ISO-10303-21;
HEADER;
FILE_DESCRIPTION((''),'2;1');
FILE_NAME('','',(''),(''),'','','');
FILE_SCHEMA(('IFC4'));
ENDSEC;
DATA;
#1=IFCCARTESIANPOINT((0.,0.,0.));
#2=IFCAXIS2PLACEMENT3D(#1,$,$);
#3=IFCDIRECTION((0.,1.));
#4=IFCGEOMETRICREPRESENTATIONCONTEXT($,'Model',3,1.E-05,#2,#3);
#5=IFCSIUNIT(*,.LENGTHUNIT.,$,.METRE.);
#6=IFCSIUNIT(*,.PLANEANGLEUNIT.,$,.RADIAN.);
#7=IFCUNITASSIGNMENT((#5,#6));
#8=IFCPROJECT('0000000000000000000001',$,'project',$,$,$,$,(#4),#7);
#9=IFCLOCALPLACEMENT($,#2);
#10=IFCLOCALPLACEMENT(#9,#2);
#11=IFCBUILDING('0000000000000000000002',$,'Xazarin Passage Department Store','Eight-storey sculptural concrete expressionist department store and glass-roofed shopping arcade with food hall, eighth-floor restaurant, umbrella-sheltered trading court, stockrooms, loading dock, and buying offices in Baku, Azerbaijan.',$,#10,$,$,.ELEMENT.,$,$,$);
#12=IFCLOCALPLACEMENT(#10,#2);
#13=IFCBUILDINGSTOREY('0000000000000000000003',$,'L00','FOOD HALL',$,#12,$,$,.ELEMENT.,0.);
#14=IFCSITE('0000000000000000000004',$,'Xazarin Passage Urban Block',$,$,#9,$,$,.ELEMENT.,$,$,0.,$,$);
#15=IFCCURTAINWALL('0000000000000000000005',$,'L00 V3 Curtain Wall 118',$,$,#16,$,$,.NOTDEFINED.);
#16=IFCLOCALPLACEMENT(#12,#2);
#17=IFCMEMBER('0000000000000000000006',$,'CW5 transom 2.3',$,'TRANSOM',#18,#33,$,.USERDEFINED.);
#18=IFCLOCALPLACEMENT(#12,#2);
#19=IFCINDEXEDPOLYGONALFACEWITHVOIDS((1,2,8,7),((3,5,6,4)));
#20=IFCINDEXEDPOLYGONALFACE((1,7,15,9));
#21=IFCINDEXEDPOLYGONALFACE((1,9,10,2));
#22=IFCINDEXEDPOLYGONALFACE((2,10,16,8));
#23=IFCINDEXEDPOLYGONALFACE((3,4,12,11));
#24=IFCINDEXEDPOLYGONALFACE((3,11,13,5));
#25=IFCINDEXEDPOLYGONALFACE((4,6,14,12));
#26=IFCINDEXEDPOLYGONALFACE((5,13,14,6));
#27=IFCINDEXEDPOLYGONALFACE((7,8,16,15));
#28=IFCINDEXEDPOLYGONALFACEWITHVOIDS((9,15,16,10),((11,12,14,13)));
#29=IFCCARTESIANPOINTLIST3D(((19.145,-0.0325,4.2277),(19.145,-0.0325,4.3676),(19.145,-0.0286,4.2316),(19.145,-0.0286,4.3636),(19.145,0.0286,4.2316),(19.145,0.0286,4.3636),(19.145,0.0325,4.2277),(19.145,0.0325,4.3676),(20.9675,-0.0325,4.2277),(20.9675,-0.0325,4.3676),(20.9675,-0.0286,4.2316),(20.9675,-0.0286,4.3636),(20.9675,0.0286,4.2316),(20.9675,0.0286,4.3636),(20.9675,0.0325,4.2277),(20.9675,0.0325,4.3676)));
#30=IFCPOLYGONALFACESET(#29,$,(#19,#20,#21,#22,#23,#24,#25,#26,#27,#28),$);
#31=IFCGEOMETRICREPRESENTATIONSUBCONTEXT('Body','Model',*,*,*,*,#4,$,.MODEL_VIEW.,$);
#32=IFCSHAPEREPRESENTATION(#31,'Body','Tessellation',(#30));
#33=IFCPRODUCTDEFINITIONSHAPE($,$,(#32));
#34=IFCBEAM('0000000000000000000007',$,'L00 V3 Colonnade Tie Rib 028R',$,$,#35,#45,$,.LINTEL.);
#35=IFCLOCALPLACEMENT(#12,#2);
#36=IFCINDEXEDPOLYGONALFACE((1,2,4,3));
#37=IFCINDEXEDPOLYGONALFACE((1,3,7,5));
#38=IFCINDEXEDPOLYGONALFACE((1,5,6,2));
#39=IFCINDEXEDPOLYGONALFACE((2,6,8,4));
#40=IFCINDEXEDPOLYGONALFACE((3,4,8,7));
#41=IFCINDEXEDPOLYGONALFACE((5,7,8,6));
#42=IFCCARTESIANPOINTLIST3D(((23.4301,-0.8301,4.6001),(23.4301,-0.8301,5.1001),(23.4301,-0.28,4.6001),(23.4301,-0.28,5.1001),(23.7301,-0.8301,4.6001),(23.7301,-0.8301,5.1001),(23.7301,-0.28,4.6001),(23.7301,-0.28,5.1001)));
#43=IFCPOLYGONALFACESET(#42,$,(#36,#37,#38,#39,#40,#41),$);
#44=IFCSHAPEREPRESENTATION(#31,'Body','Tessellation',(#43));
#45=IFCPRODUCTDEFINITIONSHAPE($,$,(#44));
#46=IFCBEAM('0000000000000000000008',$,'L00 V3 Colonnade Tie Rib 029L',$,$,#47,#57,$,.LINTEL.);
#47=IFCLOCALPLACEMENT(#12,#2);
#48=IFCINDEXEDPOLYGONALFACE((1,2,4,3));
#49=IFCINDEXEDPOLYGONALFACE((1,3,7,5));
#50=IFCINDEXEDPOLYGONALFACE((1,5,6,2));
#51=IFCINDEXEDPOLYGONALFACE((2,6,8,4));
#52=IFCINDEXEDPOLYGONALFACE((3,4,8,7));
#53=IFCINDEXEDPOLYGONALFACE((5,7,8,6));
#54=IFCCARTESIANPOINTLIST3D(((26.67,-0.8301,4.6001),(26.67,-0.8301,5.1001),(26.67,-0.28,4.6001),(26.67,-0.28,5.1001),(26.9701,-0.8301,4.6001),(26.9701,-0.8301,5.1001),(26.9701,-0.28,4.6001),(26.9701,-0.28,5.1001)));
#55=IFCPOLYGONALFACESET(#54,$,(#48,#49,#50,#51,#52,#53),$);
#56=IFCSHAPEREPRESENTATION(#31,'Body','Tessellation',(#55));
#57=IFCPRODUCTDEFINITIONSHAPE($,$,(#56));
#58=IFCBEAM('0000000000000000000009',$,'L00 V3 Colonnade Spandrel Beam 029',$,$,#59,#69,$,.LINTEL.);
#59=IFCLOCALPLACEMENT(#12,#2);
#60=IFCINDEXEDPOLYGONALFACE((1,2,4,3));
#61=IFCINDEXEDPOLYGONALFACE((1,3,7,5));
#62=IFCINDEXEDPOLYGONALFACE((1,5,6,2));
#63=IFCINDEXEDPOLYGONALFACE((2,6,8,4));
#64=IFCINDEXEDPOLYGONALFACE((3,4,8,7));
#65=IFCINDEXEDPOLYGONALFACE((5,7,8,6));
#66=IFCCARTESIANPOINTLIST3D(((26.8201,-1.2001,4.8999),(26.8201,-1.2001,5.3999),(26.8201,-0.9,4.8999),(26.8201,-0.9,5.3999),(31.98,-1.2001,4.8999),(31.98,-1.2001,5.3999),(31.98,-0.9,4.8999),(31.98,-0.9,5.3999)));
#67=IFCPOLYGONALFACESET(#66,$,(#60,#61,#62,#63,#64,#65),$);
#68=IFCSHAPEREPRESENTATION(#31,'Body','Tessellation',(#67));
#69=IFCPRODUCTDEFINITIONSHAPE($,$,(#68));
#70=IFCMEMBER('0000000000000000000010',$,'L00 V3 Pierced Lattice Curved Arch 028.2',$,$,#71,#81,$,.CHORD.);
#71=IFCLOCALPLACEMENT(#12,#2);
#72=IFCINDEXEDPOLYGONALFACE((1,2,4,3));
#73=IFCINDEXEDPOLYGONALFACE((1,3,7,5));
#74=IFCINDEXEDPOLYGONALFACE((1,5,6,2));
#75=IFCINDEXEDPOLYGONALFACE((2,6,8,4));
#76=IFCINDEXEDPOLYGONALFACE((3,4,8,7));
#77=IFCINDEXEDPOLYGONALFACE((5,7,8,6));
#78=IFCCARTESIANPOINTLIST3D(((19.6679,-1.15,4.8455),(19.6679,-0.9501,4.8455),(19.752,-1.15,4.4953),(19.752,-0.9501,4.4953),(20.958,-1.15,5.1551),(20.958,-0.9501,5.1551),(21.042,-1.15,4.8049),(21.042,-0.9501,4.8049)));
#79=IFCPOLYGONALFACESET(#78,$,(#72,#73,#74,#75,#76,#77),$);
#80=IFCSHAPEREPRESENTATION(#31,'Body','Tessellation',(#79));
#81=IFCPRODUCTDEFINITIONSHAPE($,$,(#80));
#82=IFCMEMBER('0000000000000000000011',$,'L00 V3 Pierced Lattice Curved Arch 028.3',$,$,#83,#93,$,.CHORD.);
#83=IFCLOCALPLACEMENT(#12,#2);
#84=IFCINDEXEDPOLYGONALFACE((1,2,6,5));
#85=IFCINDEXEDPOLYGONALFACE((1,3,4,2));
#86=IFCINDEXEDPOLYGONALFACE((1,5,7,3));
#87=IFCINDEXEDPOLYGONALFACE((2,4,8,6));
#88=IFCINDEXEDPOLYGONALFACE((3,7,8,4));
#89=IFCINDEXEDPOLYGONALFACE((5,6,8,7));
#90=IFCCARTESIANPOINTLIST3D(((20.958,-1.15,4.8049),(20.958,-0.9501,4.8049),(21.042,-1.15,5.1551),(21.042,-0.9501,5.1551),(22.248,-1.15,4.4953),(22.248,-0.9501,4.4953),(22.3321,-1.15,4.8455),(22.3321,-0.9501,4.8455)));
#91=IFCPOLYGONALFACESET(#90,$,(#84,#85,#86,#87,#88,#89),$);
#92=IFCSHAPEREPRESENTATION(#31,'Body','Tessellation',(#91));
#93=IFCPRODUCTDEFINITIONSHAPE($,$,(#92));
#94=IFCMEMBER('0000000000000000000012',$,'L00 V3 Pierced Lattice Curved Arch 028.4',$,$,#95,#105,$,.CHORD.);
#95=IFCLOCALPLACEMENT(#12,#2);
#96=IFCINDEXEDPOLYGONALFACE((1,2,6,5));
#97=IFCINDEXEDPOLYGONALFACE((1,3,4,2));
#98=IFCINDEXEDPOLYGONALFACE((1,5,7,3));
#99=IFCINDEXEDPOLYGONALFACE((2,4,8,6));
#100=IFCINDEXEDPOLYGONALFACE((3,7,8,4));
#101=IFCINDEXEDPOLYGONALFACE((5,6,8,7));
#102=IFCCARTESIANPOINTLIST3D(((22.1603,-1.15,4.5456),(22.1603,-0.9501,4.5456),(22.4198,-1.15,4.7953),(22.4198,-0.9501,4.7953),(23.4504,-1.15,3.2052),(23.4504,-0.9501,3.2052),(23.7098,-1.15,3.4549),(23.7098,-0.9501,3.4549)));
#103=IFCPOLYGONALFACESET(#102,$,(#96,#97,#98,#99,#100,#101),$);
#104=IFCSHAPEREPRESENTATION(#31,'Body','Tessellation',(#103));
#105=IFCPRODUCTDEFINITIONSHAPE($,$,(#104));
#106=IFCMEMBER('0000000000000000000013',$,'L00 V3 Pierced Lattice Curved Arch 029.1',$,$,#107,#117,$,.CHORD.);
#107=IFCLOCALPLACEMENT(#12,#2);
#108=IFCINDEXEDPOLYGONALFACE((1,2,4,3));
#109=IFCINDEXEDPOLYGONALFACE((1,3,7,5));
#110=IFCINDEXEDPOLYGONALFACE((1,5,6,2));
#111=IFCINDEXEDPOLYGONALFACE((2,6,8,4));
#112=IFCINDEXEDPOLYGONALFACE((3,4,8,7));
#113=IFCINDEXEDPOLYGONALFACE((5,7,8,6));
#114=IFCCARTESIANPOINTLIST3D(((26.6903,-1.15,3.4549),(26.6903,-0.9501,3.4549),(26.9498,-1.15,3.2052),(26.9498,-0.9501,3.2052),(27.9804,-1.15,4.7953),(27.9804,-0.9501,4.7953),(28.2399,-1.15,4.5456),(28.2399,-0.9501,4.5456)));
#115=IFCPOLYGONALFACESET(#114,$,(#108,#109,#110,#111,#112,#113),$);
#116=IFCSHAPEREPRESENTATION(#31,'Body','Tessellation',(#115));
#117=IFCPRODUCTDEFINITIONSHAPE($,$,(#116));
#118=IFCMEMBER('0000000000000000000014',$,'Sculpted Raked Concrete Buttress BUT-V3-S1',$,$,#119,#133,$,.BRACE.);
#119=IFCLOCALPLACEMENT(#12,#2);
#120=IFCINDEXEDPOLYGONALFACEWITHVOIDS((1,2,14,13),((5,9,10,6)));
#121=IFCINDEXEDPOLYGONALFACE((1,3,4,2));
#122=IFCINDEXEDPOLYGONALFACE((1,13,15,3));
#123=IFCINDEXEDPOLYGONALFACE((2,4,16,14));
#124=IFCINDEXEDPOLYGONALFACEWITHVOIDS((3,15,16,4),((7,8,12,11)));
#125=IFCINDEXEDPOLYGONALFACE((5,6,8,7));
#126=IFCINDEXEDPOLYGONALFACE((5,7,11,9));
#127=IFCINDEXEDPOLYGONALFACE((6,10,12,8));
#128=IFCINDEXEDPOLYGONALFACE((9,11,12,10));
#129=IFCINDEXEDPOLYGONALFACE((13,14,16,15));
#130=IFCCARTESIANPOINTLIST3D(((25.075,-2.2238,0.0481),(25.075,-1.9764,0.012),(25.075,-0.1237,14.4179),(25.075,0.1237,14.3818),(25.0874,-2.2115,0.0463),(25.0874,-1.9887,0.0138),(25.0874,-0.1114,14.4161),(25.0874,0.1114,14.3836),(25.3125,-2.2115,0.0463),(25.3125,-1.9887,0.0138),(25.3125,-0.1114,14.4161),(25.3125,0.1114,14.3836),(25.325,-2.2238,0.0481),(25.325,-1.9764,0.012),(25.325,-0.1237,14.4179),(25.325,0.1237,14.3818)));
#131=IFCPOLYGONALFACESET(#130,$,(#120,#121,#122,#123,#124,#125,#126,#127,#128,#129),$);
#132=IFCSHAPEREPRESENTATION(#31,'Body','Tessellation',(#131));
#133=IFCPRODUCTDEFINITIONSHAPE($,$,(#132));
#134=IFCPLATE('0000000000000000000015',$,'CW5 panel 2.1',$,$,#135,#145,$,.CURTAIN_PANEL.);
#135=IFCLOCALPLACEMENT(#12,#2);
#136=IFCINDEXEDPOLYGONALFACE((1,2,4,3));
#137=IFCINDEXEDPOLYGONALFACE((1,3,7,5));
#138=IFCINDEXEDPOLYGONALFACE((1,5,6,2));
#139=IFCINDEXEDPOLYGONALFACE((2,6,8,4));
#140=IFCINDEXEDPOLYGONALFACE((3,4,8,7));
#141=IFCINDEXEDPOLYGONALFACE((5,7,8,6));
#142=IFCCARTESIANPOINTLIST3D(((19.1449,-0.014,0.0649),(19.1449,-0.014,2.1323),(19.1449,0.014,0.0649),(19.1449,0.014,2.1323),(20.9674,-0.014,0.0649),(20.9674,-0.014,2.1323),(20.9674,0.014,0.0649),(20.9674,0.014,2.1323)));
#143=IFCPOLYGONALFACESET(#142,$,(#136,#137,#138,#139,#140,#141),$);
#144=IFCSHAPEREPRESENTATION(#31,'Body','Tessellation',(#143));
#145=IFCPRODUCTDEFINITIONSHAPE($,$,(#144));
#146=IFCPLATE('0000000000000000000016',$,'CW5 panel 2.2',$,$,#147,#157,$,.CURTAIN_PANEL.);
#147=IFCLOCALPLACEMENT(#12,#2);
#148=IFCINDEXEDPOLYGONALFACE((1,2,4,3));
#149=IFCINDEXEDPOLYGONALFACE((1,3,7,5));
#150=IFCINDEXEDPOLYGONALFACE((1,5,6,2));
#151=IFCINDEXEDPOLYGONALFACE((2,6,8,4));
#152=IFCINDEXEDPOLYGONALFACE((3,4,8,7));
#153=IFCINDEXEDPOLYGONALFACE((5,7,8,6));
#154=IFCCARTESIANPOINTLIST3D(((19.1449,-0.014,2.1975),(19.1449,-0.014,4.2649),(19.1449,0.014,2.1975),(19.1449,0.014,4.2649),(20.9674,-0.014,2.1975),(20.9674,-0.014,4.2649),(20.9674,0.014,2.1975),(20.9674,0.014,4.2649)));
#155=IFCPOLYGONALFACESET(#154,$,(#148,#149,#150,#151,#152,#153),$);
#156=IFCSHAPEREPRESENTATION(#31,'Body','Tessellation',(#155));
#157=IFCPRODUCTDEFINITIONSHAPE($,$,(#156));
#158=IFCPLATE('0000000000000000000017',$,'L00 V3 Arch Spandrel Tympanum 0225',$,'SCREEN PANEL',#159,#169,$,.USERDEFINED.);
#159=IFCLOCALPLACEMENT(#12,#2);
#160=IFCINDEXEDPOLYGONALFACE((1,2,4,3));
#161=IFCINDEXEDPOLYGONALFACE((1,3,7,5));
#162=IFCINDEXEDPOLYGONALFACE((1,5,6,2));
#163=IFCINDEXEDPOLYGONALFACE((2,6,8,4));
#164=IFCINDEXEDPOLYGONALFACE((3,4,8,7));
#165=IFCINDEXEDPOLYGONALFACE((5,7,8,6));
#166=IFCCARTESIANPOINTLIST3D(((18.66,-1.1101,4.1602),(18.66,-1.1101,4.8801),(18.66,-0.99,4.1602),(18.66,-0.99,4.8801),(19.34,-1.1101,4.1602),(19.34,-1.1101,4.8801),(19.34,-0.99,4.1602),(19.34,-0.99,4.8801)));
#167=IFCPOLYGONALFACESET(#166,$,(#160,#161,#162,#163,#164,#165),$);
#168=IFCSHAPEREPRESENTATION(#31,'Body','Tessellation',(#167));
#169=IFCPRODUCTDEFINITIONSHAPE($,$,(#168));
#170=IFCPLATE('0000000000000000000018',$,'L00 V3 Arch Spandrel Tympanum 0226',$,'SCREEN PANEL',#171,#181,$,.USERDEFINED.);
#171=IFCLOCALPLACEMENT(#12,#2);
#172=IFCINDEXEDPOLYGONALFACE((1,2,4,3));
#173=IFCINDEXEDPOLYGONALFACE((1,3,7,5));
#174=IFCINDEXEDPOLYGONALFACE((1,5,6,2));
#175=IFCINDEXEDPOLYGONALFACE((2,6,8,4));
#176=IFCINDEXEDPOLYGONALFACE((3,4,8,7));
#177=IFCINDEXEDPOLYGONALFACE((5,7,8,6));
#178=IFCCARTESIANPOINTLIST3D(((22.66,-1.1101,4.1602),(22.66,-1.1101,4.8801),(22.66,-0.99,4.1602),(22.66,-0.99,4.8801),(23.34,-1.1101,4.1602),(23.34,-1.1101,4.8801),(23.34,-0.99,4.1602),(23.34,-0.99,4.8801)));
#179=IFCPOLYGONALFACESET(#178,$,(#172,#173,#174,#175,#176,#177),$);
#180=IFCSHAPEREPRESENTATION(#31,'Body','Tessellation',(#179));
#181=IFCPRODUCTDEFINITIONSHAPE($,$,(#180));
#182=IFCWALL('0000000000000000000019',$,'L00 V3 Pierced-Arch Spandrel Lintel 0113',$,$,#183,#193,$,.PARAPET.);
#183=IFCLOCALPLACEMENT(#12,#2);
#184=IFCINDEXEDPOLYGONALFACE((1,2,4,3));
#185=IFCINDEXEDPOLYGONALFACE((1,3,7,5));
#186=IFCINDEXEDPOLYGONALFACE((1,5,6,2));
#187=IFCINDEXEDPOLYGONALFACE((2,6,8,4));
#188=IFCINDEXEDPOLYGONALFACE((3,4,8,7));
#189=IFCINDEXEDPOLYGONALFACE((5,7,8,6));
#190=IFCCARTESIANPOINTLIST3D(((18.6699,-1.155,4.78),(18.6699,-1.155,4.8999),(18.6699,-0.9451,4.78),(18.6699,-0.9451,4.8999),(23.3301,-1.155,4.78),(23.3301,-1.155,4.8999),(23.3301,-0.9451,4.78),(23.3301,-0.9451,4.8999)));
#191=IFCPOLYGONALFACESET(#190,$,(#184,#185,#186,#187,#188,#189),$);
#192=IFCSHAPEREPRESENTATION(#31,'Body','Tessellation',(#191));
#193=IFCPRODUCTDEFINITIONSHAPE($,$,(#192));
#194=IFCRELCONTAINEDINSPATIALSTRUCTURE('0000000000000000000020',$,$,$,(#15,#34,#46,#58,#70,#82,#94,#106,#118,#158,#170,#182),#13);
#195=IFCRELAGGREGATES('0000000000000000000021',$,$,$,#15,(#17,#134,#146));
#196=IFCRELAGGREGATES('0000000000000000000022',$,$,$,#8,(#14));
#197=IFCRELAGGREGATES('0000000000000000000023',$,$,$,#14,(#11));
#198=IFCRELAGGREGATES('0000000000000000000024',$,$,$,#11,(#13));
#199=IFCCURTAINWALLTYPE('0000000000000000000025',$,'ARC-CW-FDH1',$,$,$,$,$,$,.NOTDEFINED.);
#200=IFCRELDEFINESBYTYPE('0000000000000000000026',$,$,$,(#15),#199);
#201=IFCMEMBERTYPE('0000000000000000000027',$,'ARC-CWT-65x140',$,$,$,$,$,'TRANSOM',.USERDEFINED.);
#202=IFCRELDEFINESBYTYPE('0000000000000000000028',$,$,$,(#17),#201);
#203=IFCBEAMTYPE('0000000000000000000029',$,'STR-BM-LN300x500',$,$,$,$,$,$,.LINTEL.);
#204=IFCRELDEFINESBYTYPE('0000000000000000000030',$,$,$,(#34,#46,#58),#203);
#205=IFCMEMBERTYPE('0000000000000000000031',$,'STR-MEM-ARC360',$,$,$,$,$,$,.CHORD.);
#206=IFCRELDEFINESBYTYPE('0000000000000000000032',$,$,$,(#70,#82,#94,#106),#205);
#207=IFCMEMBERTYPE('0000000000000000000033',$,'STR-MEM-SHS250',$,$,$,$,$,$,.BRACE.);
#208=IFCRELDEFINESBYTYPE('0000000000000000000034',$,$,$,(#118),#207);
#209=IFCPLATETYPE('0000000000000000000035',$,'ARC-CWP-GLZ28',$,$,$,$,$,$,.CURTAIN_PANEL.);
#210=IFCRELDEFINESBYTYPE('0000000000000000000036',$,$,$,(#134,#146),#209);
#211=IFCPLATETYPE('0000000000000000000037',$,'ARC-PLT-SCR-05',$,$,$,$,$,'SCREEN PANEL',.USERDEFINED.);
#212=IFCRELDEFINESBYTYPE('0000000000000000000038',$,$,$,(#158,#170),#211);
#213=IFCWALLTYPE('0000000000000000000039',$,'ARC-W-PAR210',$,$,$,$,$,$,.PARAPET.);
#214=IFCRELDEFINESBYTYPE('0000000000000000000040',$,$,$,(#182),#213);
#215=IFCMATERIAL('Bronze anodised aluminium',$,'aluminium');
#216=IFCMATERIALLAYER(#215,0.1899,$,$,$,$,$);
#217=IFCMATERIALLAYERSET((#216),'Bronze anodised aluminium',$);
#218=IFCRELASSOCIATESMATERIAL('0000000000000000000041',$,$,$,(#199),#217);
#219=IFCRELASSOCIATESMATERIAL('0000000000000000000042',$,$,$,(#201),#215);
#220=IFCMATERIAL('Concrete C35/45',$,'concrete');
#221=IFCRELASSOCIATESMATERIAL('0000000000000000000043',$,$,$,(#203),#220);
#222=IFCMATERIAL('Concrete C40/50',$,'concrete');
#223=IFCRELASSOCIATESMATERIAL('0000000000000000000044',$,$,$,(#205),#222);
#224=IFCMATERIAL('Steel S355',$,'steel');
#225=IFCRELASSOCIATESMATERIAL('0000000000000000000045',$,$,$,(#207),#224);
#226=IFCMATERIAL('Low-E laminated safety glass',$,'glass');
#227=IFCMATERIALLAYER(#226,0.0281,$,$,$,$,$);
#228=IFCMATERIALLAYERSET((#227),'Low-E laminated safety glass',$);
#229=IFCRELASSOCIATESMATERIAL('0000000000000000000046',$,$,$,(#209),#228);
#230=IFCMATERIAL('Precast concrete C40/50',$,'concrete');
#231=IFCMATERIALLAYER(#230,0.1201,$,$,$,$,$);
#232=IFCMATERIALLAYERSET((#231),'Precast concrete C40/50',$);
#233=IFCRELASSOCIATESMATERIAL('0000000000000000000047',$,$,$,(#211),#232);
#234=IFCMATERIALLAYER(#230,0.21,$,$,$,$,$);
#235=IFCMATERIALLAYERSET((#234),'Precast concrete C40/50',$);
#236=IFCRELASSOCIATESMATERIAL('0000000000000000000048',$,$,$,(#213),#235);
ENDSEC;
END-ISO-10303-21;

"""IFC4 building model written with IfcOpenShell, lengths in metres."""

from ifc_helpers import new_model, si_unit, direction, frame, frame_2d, origin, origin_2d, place, context, subcontext, project, spatial, rectangle, hollow_rectangle, extrude, material, layer, layer_set, material_profile, profile_set, type_object, element, aggregate, save


model = new_model("IFC4")

# Units and contexts
model_context = context("Model", 3, precision=1e-05, world=origin(), true_north=direction((0.0, 1.0)))
body_context = subcontext(model_context, "Body", "Model", "MODEL_VIEW")
ifc_project = project(units=[si_unit("LENGTHUNIT", "METRE"), si_unit("PLANEANGLEUNIT", "RADIAN")], contexts=[model_context])

# Site, building, storey
site_placement = place(None, origin())
site = spatial("IfcSite", under=ifc_project, at=site_placement, Name="Xazarin Passage Urban Block", CompositionType="ELEMENT", RefElevation=0.0)
building_placement = place(site_placement, origin())
building = spatial("IfcBuilding", under=site, at=building_placement, Name="Xazarin Passage Department Store", Description="Eight-storey sculptural concrete expressionist department store and glass-roofed shopping arcade with food hall, eighth-floor restaurant, umbrella-sheltered trading court, stockrooms, loading dock, and buying offices in Baku, Azerbaijan.", CompositionType="ELEMENT")
storey_placement = place(building_placement, origin())
storey = spatial("IfcBuildingStorey", under=building, at=storey_placement, Name="L00", Description="FOOD HALL", CompositionType="ELEMENT", Elevation=0.0)

# Shared definitions
ifc_material_1 = material(Name="Concrete C35/45", Category="concrete")

# Shared definitions
ifc_material_2 = material(Name="Concrete C40/50", Category="concrete")

# Curtain wall, member
ifc_material_3 = material(Name="Bronze anodised aluminium", Category="aluminium")
ifc_layer_1 = layer(ifc_material_3, 0.1899)
ifc_layer_set_1 = layer_set([ifc_layer_1], Name="Bronze anodised aluminium")
curtain_wall_type = type_object("IfcCurtainWallType", Name="ARC-CW-FDH1", PredefinedType="NOTDEFINED", material=ifc_layer_set_1)
curtain_wall_placement = place(storey_placement, origin())
curtain_wall = element("IfcCurtainWall", 1, at=curtain_wall_placement, inside=storey, type_object=curtain_wall_type, Name="L00 V3 Curtain Wall 118", PredefinedType="NOTDEFINED")
ifc_material_profile_1 = material_profile(ifc_material_3, hollow_rectangle(XDim=0.0649, YDim=0.1399, WallThickness=0.0039, at=origin_2d()), Name="ALU 65x140")
ifc_profile_set_1 = profile_set([ifc_material_profile_1], Name="Bronze anodised aluminium")
member_type_1 = type_object("IfcMemberType", Name="ARC-CWT-65x140", ElementType="TRANSOM", PredefinedType="USERDEFINED", material=ifc_profile_set_1)
member_1_placement = place(storey_placement, frame((19.145, 0.0, 4.2976), z_axis=(1.0, 0.0, 0.0), x_axis=(0.0, 1.0, 0.0)))
member_1 = element("IfcMember", 2, at=member_1_placement, type_object=member_type_1, Name="CW5 transom 2.3", ObjectType="TRANSOM", PredefinedType="USERDEFINED", context=body_context, shape_type="SweptSolid", body=[
    extrude(hollow_rectangle(XDim=0.0649, YDim=0.1399, WallThickness=0.0039, at=origin_2d()), origin(), (0.0, 0.0, 1.0), 1.8225),
])

# Beams
ifc_material_profile_2 = material_profile(ifc_material_1, rectangle(XDim=0.3, YDim=0.5, at=origin_2d()), Name="RC 300x500")
ifc_profile_set_2 = profile_set([ifc_material_profile_2], Name="Concrete C35/45")
beam_type = type_object("IfcBeamType", Name="STR-BM-LN300x500", PredefinedType="LINTEL", material=ifc_profile_set_2)
for number, where, z_axis, x_axis, name in (
    (3, (23.5801, -0.28, 4.8501), (0.0, -1.0, 0.0), (1.0, 0.0, 0.0), "L00 V3 Colonnade Tie Rib 028R"),
    (4, (26.8201, -0.28, 4.8501), (0.0, -1.0, 0.0), (1.0, 0.0, 0.0), "L00 V3 Colonnade Tie Rib 029L"),
):
    element("IfcBeam", number, at=place(storey_placement, frame(where, z_axis=z_axis, x_axis=x_axis)), inside=storey, type_object=beam_type, Name=name, PredefinedType="LINTEL", context=body_context, shape_type="SweptSolid", body=[
        extrude(rectangle(XDim=0.3, YDim=0.5, at=origin_2d()), origin(), (0.0, 0.0, 1.0), 0.55),
    ])
beam_placement = place(storey_placement, frame((26.8201, -1.05, 5.1499), z_axis=(1.0, 0.0, 0.0), x_axis=(0.0, 1.0, 0.0)))
element("IfcBeam", 5, at=beam_placement, inside=storey, type_object=beam_type, Name="L00 V3 Colonnade Spandrel Beam 029", PredefinedType="LINTEL", context=body_context, shape_type="SweptSolid", body=[
    extrude(rectangle(XDim=0.3, YDim=0.5, at=origin_2d()), origin(), (0.0, 0.0, 1.0), 5.1599),
])

# Members
ifc_material_profile_3 = material_profile(ifc_material_2, rectangle(XDim=0.2, YDim=0.3601, at=origin_2d()), Name="RC 200x360")
ifc_profile_set_3 = profile_set([ifc_material_profile_3], Name="Concrete C40/50")
member_type_2 = type_object("IfcMemberType", Name="STR-MEM-ARC360", PredefinedType="CHORD", material=ifc_profile_set_3)
for number, where, z_axis, x_axis, name in (
    (6, (19.71, -1.05, 4.6704), (0.972394, 0.0, 0.233345), (0.0, 1.0, 0.0), "L00 V3 Pierced Lattice Curved Arch 028.2"),
    (7, (21.0, -1.05, 4.98), (0.972394, 0.0, -0.233345), (0.0, 1.0, 0.0), "L00 V3 Pierced Lattice Curved Arch 028.3"),
):
    element("IfcMember", number, at=place(storey_placement, frame(where, z_axis=z_axis, x_axis=x_axis)), inside=storey, type_object=member_type_2, Name=name, PredefinedType="CHORD", context=body_context, shape_type="SweptSolid", body=[
        extrude(rectangle(XDim=0.2, YDim=0.3601, at=origin_2d()), origin(), (0.0, 0.0, 1.0), 1.3267),
    ])
for number, where, z_axis, x_axis, name in (
    (8, (22.29, -1.05, 4.6704), (0.69346, 0.0, -0.720495), (0.0, 1.0, 0.0), "L00 V3 Pierced Lattice Curved Arch 028.4"),
    (9, (26.8201, -1.05, 3.3301), (0.69346, 0.0, 0.720495), (0.0, 1.0, 0.0), "L00 V3 Pierced Lattice Curved Arch 029.1"),
):
    element("IfcMember", number, at=place(storey_placement, frame(where, z_axis=z_axis, x_axis=x_axis)), inside=storey, type_object=member_type_2, Name=name, PredefinedType="CHORD", context=body_context, shape_type="SweptSolid", body=[
        extrude(rectangle(XDim=0.2, YDim=0.3601, at=origin_2d()), origin(), (0.0, 0.0, 1.0), 1.8604),
    ])
ifc_material_4 = material(Name="Steel S355", Category="steel")
ifc_material_profile_4 = material_profile(ifc_material_4, hollow_rectangle(XDim=0.25, YDim=0.25, WallThickness=0.0125, at=origin_2d()), Name="SHS 250x250x12.5")
ifc_profile_set_4 = profile_set([ifc_material_profile_4], Name="Steel S355")
member_type_3 = type_object("IfcMemberType", Name="STR-MEM-SHS250", PredefinedType="BRACE", material=ifc_profile_set_4)
member_2_placement = place(storey_placement, frame((25.2, -2.1001, 0.03), z_axis=(0.0, 0.14461, 0.989489), x_axis=(-1.0, 0.0, 0.0)))
element("IfcMember", 10, at=member_2_placement, inside=storey, type_object=member_type_3, Name="Sculpted Raked Concrete Buttress BUT-V3-S1", PredefinedType="BRACE", context=body_context, shape_type="SweptSolid", body=[
    extrude(hollow_rectangle(XDim=0.25, YDim=0.25, WallThickness=0.0125, at=origin_2d()), origin(), (0.0, 0.0, 1.0), 14.5225),
])

# Plates
ifc_material_5 = material(Name="Low-E laminated safety glass", Category="glass")
ifc_layer_2 = layer(ifc_material_5, 0.0281)
ifc_layer_set_2 = layer_set([ifc_layer_2], Name="Low-E laminated safety glass")
plate_type_1 = type_object("IfcPlateType", Name="ARC-CWP-GLZ28", PredefinedType="CURTAIN_PANEL", material=ifc_layer_set_2)
plate_1_placement = place(storey_placement, frame((20.0562, 0.0, 0.0649), z_axis=(0.0, 0.0, 1.0), x_axis=(1.0, 0.0, 0.0)))
plate_1 = element("IfcPlate", 11, at=plate_1_placement, type_object=plate_type_1, Name="CW5 panel 2.1", PredefinedType="CURTAIN_PANEL", context=body_context, shape_type="SweptSolid", body=[
    extrude(rectangle(XDim=1.8225, YDim=0.0281, at=origin_2d()), origin(), (0.0, 0.0, 1.0), 2.0674),
])
plate_2_placement = place(storey_placement, frame((20.0562, 0.0, 2.1975), z_axis=(0.0, 0.0, 1.0), x_axis=(1.0, 0.0, 0.0)))
plate_2 = element("IfcPlate", 12, at=plate_2_placement, type_object=plate_type_1, Name="CW5 panel 2.2", PredefinedType="CURTAIN_PANEL", context=body_context, shape_type="SweptSolid", body=[
    extrude(rectangle(XDim=1.8225, YDim=0.0281, at=origin_2d()), origin(), (0.0, 0.0, 1.0), 2.0674),
])
aggregate(curtain_wall, [member_1, plate_1, plate_2])

# Plates
ifc_material_6 = material(Name="Precast concrete C40/50", Category="concrete")
ifc_layer_3 = layer(ifc_material_6, 0.1201)
ifc_layer_set_3 = layer_set([ifc_layer_3], Name="Precast concrete C40/50")
plate_type_2 = type_object("IfcPlateType", Name="ARC-PLT-SCR-05", ElementType="SCREEN PANEL", PredefinedType="USERDEFINED", material=ifc_layer_set_3)
for number, where, z_axis, x_axis, name in (
    (13, (19.0, -1.05, 4.1602), (0.0, 0.0, 1.0), (1.0, 0.0, 0.0), "L00 V3 Arch Spandrel Tympanum 0225"),
    (14, (23.0, -1.05, 4.1602), (0.0, 0.0, 1.0), (1.0, 0.0, 0.0), "L00 V3 Arch Spandrel Tympanum 0226"),
):
    element("IfcPlate", number, at=place(storey_placement, frame(where, z_axis=z_axis, x_axis=x_axis)), inside=storey, type_object=plate_type_2, Name=name, ObjectType="SCREEN PANEL", PredefinedType="USERDEFINED", context=body_context, shape_type="SweptSolid", body=[
        extrude(rectangle(XDim=0.6799, YDim=0.1201, at=origin_2d()), origin(), (0.0, 0.0, 1.0), 0.72),
    ])

# Wall
ifc_layer_4 = layer(ifc_material_6, 0.21)
ifc_layer_set_4 = layer_set([ifc_layer_4], Name="Precast concrete C40/50")
wall_type = type_object("IfcWallType", Name="ARC-W-PAR210", PredefinedType="PARAPET", material=ifc_layer_set_4)
wall_1_placement = place(storey_placement, frame((18.6699, -1.05, 4.78), z_axis=(0.0, 0.0, 1.0), x_axis=(1.0, 0.0, 0.0)))
element("IfcWall", 15, at=wall_1_placement, inside=storey, type_object=wall_type, Name="L00 V3 Pierced-Arch Spandrel Lintel 0113", PredefinedType="PARAPET", context=body_context, shape_type="SweptSolid", body=[
    extrude(rectangle(XDim=4.6602, YDim=0.21, at=frame_2d((2.3301, 0.0))), origin(), (0.0, 0.0, 1.0), 0.1199),
])

save(model, "model.ifc")
